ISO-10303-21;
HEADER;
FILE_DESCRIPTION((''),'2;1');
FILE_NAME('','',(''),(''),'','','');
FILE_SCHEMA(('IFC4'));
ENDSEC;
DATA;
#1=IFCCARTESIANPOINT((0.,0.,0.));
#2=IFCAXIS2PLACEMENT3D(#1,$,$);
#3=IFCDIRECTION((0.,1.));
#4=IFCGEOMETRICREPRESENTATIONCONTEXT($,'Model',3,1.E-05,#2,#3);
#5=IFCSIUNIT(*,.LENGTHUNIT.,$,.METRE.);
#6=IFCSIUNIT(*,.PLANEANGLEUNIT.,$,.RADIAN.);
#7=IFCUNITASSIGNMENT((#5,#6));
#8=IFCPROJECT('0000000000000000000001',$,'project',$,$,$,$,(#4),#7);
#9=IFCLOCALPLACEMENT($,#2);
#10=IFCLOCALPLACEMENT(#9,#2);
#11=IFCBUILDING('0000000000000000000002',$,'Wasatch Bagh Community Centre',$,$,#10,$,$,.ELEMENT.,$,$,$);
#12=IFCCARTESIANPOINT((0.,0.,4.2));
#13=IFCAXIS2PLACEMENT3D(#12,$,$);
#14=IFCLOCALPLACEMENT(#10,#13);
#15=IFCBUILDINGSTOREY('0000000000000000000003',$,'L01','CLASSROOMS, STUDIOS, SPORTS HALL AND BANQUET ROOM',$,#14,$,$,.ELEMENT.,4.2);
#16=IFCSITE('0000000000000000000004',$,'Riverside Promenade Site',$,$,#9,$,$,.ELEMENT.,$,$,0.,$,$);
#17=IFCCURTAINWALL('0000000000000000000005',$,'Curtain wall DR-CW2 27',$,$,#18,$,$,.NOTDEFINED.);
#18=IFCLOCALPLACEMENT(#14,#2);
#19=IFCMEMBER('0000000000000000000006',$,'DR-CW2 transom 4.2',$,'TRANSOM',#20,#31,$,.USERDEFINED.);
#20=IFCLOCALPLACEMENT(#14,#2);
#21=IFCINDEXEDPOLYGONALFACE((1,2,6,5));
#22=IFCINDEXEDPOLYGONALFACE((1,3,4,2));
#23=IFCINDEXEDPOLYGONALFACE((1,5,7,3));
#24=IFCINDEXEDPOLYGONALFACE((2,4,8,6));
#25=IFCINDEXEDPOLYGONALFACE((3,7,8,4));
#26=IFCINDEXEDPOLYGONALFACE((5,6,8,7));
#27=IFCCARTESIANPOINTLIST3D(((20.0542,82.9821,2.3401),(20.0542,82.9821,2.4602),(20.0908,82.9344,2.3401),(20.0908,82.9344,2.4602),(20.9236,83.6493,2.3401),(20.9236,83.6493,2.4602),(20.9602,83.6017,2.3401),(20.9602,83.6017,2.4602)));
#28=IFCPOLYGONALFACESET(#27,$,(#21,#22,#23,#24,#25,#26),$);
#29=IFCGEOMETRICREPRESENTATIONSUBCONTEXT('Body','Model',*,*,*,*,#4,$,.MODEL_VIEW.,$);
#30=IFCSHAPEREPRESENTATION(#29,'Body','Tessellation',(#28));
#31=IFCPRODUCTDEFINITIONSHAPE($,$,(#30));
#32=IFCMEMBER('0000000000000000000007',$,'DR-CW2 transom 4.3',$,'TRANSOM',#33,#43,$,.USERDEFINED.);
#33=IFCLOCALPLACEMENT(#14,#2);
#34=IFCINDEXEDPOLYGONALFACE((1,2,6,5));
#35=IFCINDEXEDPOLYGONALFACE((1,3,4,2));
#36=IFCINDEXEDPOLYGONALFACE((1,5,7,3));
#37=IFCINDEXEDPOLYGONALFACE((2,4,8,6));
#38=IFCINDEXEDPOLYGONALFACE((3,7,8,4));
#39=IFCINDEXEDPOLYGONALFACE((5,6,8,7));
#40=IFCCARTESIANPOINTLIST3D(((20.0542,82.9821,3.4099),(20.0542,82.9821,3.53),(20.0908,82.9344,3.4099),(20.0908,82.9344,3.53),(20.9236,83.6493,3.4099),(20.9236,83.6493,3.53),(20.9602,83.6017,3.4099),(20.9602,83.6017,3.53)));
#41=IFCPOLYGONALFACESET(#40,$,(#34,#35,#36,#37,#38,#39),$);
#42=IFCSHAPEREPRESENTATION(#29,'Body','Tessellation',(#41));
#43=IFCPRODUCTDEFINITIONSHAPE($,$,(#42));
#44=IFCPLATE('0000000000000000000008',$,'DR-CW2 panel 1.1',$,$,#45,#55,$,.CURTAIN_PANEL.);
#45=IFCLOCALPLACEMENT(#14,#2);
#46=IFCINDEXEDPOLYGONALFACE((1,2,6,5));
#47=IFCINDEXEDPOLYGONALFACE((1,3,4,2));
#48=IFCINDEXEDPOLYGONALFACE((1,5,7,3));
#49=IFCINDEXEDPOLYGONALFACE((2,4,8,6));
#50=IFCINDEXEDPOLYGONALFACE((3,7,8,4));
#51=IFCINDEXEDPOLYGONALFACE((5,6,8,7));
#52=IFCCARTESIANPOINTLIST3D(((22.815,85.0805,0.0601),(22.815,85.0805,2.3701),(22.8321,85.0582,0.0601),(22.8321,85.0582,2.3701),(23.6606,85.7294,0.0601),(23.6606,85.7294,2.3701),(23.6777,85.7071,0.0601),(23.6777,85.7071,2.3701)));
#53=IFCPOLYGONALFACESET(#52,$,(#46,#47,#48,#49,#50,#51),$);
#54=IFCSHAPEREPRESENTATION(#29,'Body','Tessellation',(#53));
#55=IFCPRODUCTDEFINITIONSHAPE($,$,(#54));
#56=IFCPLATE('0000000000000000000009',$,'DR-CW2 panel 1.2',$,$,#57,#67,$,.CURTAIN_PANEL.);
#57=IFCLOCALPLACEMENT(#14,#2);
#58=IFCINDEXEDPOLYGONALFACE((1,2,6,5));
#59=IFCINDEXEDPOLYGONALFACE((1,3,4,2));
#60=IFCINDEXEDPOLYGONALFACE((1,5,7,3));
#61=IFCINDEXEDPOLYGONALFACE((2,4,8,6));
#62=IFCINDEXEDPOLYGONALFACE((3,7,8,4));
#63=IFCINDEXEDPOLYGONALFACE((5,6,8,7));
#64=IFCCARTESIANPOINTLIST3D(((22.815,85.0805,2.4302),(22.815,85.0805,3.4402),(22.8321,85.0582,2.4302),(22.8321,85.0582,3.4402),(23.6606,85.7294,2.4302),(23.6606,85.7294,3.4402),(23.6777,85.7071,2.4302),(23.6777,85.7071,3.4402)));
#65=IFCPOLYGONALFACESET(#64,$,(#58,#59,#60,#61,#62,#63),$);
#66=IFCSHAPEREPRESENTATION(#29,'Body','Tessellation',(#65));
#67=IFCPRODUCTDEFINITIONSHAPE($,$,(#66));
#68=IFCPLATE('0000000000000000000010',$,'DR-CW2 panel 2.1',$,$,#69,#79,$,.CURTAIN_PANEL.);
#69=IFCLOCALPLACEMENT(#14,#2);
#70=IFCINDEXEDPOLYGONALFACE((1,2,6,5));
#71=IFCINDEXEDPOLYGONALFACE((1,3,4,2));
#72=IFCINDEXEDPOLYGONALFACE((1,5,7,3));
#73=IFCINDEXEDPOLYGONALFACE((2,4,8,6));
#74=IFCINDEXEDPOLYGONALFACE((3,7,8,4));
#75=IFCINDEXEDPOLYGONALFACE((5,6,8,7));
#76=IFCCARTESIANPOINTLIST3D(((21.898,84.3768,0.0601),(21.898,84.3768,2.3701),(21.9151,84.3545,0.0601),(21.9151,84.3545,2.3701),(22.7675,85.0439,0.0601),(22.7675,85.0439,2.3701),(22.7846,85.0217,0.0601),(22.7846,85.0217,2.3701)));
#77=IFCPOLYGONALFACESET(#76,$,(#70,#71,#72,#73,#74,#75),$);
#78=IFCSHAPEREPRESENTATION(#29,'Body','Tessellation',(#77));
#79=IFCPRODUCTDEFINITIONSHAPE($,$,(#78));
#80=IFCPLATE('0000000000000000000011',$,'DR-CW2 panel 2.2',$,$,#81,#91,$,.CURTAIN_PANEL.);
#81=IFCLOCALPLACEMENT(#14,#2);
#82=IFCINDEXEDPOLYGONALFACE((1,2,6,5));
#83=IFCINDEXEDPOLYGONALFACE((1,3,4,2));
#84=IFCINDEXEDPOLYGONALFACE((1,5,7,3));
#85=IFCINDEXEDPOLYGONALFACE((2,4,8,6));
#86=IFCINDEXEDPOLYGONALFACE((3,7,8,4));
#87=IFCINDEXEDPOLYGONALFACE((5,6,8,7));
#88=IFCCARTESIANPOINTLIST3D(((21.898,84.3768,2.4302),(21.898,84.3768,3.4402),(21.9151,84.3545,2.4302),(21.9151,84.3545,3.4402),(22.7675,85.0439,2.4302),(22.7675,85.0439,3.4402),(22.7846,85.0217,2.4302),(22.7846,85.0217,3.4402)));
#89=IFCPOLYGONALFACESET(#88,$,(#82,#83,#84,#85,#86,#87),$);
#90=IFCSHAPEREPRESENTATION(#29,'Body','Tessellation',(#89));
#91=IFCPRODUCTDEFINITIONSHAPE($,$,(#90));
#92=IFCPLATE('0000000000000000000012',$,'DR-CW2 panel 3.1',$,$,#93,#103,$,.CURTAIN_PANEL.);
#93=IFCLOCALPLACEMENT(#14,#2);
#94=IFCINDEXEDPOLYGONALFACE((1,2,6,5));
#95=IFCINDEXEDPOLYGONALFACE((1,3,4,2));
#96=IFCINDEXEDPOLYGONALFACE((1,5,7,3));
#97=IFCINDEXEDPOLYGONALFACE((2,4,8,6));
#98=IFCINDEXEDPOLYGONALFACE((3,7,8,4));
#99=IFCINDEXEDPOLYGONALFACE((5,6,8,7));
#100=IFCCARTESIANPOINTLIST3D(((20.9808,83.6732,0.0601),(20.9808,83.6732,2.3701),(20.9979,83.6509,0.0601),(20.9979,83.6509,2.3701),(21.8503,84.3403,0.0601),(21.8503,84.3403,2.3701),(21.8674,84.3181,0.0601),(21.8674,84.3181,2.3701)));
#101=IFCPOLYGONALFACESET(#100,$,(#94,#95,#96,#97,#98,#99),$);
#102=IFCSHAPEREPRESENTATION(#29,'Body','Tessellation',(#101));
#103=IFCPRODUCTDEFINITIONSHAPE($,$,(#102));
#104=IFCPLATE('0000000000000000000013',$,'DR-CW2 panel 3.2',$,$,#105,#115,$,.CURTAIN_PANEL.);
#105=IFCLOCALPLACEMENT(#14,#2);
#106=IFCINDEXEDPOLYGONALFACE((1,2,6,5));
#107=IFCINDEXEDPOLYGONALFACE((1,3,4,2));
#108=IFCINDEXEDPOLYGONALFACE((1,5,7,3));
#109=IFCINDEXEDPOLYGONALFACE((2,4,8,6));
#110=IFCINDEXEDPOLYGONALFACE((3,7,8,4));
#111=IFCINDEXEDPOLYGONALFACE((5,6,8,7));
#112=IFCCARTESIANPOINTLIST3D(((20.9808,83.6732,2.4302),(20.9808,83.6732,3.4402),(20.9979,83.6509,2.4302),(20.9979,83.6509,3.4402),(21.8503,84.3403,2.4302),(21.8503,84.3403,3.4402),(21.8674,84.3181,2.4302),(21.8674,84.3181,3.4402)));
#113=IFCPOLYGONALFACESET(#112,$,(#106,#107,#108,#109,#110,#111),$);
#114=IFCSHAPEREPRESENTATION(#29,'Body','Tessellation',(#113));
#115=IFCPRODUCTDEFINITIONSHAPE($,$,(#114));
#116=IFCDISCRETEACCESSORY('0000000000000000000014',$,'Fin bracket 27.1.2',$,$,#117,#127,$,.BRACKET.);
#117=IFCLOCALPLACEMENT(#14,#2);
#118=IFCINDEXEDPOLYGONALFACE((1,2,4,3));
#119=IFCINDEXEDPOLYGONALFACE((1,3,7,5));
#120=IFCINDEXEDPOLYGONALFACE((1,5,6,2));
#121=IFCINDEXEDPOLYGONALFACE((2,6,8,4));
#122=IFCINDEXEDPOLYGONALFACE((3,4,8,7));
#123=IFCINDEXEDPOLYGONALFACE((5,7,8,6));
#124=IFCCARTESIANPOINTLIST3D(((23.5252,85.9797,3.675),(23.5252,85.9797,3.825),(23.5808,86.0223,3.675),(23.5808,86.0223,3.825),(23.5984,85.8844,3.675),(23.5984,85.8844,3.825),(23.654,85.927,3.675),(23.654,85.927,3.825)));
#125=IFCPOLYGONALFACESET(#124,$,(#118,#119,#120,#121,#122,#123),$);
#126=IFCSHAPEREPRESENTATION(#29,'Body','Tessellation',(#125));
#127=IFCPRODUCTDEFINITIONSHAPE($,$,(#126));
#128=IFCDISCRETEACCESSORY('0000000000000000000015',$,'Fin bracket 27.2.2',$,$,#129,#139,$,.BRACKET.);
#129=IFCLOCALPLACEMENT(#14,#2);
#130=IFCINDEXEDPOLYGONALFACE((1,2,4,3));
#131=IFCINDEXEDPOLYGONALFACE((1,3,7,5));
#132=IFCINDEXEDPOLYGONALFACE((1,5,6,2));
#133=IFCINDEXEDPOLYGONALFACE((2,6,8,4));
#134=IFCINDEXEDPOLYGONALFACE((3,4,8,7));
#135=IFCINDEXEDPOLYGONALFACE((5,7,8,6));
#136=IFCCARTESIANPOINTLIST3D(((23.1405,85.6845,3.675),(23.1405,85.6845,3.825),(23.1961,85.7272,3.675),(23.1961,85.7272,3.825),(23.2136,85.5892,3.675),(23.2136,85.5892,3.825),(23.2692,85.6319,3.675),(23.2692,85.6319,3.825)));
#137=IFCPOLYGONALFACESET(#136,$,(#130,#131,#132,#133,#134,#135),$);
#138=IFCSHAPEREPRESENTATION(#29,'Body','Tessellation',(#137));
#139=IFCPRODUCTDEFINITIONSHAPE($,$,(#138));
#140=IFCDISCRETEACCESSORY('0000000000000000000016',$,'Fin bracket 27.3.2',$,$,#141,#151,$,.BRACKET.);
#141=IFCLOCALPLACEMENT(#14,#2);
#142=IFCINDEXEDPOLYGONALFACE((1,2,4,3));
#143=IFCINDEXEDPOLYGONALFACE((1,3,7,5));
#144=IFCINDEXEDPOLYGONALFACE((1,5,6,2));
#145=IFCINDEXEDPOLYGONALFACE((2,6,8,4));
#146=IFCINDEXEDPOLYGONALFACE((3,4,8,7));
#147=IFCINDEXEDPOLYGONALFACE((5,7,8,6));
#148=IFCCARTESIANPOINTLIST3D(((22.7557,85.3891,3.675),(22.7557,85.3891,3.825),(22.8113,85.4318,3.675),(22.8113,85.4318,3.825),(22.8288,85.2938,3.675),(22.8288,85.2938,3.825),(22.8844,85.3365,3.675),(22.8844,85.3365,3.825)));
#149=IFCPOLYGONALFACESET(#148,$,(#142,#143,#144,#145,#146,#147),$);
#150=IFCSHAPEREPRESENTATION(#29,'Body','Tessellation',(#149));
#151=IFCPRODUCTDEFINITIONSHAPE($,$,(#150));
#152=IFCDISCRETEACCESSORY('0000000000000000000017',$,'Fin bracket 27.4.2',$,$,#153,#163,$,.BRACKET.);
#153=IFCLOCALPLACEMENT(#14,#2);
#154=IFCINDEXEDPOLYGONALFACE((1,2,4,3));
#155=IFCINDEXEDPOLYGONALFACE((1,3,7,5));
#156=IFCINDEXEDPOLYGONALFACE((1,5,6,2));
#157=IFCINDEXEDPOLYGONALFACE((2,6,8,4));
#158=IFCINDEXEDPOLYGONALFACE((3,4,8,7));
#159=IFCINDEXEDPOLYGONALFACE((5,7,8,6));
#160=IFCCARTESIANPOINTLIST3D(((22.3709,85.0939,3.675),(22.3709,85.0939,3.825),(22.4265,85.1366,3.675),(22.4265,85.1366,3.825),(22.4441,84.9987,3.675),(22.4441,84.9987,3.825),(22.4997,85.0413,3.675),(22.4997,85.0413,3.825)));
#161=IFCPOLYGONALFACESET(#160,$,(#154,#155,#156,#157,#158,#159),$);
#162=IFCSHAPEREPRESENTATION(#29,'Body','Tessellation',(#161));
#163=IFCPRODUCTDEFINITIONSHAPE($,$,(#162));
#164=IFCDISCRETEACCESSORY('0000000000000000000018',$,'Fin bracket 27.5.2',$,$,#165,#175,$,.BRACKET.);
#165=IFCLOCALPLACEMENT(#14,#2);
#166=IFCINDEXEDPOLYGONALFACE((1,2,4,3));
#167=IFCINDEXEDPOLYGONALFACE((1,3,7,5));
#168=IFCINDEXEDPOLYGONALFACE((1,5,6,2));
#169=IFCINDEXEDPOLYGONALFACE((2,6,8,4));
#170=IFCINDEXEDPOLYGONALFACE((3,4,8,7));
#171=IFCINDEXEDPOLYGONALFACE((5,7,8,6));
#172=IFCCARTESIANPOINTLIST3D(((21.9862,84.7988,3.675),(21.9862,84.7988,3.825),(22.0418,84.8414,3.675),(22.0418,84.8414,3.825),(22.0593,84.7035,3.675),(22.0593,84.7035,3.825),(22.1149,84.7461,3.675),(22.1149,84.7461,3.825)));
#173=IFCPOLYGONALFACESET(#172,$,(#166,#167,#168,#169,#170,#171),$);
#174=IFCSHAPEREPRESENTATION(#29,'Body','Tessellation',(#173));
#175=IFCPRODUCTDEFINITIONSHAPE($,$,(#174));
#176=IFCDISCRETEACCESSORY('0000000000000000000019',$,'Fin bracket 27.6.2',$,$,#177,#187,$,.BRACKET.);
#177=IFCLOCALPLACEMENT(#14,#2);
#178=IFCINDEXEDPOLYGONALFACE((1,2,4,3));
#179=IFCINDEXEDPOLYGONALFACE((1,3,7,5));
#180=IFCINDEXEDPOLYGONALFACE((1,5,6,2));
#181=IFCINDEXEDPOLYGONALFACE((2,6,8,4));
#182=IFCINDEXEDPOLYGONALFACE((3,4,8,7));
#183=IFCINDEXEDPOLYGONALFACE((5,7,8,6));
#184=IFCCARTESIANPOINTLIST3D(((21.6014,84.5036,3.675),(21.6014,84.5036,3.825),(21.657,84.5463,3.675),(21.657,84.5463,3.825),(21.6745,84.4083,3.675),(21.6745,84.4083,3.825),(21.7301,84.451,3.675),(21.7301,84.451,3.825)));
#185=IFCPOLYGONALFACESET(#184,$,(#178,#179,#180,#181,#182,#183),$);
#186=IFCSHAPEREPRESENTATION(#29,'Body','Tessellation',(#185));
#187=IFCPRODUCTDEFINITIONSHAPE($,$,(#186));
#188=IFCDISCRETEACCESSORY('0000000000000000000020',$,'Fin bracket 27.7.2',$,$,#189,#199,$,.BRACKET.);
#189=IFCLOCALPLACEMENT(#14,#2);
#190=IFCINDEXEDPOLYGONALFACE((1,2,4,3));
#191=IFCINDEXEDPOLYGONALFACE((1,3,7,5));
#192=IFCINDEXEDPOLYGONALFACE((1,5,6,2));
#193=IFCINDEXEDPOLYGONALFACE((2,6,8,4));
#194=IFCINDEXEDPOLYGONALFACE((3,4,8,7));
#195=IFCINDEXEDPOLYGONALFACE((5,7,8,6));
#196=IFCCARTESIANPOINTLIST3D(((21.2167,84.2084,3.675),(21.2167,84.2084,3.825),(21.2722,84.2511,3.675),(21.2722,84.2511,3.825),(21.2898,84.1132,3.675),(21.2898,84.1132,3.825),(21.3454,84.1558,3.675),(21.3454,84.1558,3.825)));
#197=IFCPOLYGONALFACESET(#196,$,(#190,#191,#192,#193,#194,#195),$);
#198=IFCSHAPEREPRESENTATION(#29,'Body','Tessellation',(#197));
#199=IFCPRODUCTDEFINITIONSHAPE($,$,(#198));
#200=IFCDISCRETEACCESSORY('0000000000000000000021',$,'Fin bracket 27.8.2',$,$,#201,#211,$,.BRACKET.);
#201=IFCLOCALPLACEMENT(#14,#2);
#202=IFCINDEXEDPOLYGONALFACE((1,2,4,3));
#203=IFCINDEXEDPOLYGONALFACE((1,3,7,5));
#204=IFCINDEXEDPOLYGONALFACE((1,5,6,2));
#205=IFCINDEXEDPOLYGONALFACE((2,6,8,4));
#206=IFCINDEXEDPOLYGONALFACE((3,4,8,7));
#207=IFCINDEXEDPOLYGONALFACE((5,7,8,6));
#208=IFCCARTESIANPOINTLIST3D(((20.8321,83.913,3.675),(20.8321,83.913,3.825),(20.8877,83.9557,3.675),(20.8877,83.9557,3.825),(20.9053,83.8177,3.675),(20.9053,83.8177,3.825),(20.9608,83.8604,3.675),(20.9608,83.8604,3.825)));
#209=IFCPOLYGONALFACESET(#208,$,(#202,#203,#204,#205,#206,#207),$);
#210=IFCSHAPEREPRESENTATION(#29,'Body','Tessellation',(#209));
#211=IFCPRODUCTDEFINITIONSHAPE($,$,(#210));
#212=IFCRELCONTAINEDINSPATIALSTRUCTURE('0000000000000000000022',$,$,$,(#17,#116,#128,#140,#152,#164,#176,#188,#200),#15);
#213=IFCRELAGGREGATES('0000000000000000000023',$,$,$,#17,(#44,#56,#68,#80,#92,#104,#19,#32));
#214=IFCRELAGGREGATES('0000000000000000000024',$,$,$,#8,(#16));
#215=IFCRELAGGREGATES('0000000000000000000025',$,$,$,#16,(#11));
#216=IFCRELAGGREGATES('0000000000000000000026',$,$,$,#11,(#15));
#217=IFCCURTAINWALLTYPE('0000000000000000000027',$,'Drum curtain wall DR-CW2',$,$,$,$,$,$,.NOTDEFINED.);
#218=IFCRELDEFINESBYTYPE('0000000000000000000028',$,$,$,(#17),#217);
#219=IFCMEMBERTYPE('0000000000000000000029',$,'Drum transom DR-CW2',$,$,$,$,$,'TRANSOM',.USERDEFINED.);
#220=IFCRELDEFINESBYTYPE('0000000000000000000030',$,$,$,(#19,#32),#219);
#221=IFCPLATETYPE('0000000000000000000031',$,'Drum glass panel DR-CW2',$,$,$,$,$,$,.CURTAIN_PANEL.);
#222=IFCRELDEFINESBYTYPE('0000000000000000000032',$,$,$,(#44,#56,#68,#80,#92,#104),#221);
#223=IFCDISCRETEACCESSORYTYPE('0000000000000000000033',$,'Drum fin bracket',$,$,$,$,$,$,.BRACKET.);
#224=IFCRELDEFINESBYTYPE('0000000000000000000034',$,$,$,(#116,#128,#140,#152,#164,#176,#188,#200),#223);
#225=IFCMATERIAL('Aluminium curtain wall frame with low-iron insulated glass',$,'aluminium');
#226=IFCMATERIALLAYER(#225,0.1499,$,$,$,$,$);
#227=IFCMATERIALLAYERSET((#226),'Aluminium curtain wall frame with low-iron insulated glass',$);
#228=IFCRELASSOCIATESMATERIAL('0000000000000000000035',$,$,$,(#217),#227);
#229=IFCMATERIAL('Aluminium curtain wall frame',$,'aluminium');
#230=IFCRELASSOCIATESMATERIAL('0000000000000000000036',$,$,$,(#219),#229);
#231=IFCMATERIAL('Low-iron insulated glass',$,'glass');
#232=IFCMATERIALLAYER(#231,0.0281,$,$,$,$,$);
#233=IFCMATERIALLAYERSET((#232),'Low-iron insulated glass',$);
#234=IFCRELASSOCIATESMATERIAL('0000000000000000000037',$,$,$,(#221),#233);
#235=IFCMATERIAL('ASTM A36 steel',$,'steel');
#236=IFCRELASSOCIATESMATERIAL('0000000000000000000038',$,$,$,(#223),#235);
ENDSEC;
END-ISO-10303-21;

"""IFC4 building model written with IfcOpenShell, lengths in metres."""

from ifc_helpers import new_model, si_unit, direction, frame, origin, origin_2d, place, context, subcontext, project, spatial, rectangle, extrude, material, layer, layer_set, material_profile, profile_set, type_object, element, aggregate, save


model = new_model("IFC4")

# Units and contexts
model_context = context("Model", 3, precision=1e-05, world=origin(), true_north=direction((0.0, 1.0)))
body_context = subcontext(model_context, "Body", "Model", "MODEL_VIEW")
ifc_project = project(units=[si_unit("LENGTHUNIT", "METRE"), si_unit("PLANEANGLEUNIT", "RADIAN")], contexts=[model_context])

# Site, building, storey
site_placement = place(None, origin())
site = spatial("IfcSite", under=ifc_project, at=site_placement, Name="Riverside Promenade Site", CompositionType="ELEMENT", RefElevation=0.0)
building_placement = place(site_placement, origin())
building = spatial("IfcBuilding", under=site, at=building_placement, Name="Wasatch Bagh Community Centre", CompositionType="ELEMENT")
storey_placement = place(building_placement, frame((0.0, 0.0, 4.2)))
storey = spatial("IfcBuildingStorey", under=building, at=storey_placement, Name="L01", Description="CLASSROOMS, STUDIOS, SPORTS HALL AND BANQUET ROOM", CompositionType="ELEMENT", Elevation=4.2)

# Curtain wall, members, plates
ifc_material_1 = material(Name="Aluminium curtain wall frame with low-iron insulated glass", Category="aluminium")
ifc_layer_1 = layer(ifc_material_1, 0.1499)
ifc_layer_set_1 = layer_set([ifc_layer_1], Name="Aluminium curtain wall frame with low-iron insulated glass")
curtain_wall_type = type_object("IfcCurtainWallType", Name="Drum curtain wall DR-CW2", PredefinedType="NOTDEFINED", material=ifc_layer_set_1)
curtain_wall_placement = place(storey_placement, origin())
curtain_wall = element("IfcCurtainWall", 1, at=curtain_wall_placement, inside=storey, type_object=curtain_wall_type, Name="Curtain wall DR-CW2 27", PredefinedType="NOTDEFINED")
ifc_material_2 = material(Name="Aluminium curtain wall frame", Category="aluminium")
ifc_material_profile_1 = material_profile(ifc_material_2, rectangle(XDim=0.0601, YDim=0.1201, at=origin_2d()), Name="Drum transom DR-CW2")
ifc_profile_set_1 = profile_set([ifc_material_profile_1], Name="Aluminium curtain wall frame")
member_type_1 = type_object("IfcMemberType", Name="Drum transom DR-CW2", ElementType="TRANSOM", PredefinedType="USERDEFINED", material=ifc_profile_set_1)
member_1_placement = place(storey_placement, frame((20.9419, 83.6255, 2.4001), z_axis=(-0.793294, -0.608838, 0.0), x_axis=(0.608838, -0.793294, 0.0)))
member_1 = element("IfcMember", 2, at=member_1_placement, type_object=member_type_1, Name="DR-CW2 transom 4.2", ObjectType="TRANSOM", PredefinedType="USERDEFINED", context=body_context, shape_type="SweptSolid", body=[
    extrude(rectangle(XDim=0.0601, YDim=0.1201, at=origin_2d()), origin(), (0.0, 0.0, 1.0), 1.0959),
])
member_2_placement = place(storey_placement, frame((20.9419, 83.6255, 3.47), z_axis=(-0.793294, -0.608838, 0.0), x_axis=(0.608838, -0.793294, 0.0)))
member_2 = element("IfcMember", 3, at=member_2_placement, type_object=member_type_1, Name="DR-CW2 transom 4.3", ObjectType="TRANSOM", PredefinedType="USERDEFINED", context=body_context, shape_type="SweptSolid", body=[
    extrude(rectangle(XDim=0.0601, YDim=0.1201, at=origin_2d()), origin(), (0.0, 0.0, 1.0), 1.0959),
])
ifc_material_3 = material(Name="Low-iron insulated glass", Category="glass")
ifc_layer_2 = layer(ifc_material_3, 0.0281)
ifc_layer_set_2 = layer_set([ifc_layer_2], Name="Low-iron insulated glass")
plate_type = type_object("IfcPlateType", Name="Drum glass panel DR-CW2", PredefinedType="CURTAIN_PANEL", material=ifc_layer_set_2)
plate_1_placement = place(storey_placement, frame((23.2463, 85.3938, 0.0601), z_axis=(0.0, 0.0, 1.0), x_axis=(-0.793353, -0.608761, 0.0)))
plate_1 = element("IfcPlate", 4, at=plate_1_placement, type_object=plate_type, Name="DR-CW2 panel 1.1", PredefinedType="CURTAIN_PANEL", context=body_context, shape_type="SweptSolid", body=[
    extrude(rectangle(XDim=1.0659, YDim=0.0281, at=origin_2d()), origin(), (0.0, 0.0, 1.0), 2.3101),
])
plate_2_placement = place(storey_placement, frame((23.2463, 85.3938, 2.4302), z_axis=(0.0, 0.0, 1.0), x_axis=(-0.793353, -0.608761, 0.0)))
plate_2 = element("IfcPlate", 5, at=plate_2_placement, type_object=plate_type, Name="DR-CW2 panel 1.2", PredefinedType="CURTAIN_PANEL", context=body_context, shape_type="SweptSolid", body=[
    extrude(rectangle(XDim=1.0659, YDim=0.0281, at=origin_2d()), origin(), (0.0, 0.0, 1.0), 1.01),
])
plate_3_placement = place(storey_placement, frame((22.3413, 84.6992, 0.0601), z_axis=(0.0, 0.0, 1.0), x_axis=(-0.793353, -0.608761, 0.0)))
plate_3 = element("IfcPlate", 6, at=plate_3_placement, type_object=plate_type, Name="DR-CW2 panel 2.1", PredefinedType="CURTAIN_PANEL", context=body_context, shape_type="SweptSolid", body=[
    extrude(rectangle(XDim=1.0959, YDim=0.0281, at=origin_2d()), origin(), (0.0, 0.0, 1.0), 2.3101),
])
plate_4_placement = place(storey_placement, frame((22.3413, 84.6992, 2.4302), z_axis=(0.0, 0.0, 1.0), x_axis=(-0.793353, -0.608761, 0.0)))
plate_4 = element("IfcPlate", 7, at=plate_4_placement, type_object=plate_type, Name="DR-CW2 panel 2.2", PredefinedType="CURTAIN_PANEL", context=body_context, shape_type="SweptSolid", body=[
    extrude(rectangle(XDim=1.0959, YDim=0.0281, at=origin_2d()), origin(), (0.0, 0.0, 1.0), 1.01),
])
plate_5_placement = place(storey_placement, frame((21.4241, 83.9956, 0.0601), z_axis=(0.0, 0.0, 1.0), x_axis=(-0.793353, -0.608761, 0.0)))
plate_5 = element("IfcPlate", 8, at=plate_5_placement, type_object=plate_type, Name="DR-CW2 panel 3.1", PredefinedType="CURTAIN_PANEL", context=body_context, shape_type="SweptSolid", body=[
    extrude(rectangle(XDim=1.0959, YDim=0.0281, at=origin_2d()), origin(), (0.0, 0.0, 1.0), 2.3101),
])
plate_6_placement = place(storey_placement, frame((21.4241, 83.9956, 2.4302), z_axis=(0.0, 0.0, 1.0), x_axis=(-0.793353, -0.608761, 0.0)))
plate_6 = element("IfcPlate", 9, at=plate_6_placement, type_object=plate_type, Name="DR-CW2 panel 3.2", PredefinedType="CURTAIN_PANEL", context=body_context, shape_type="SweptSolid", body=[
    extrude(rectangle(XDim=1.0959, YDim=0.0281, at=origin_2d()), origin(), (0.0, 0.0, 1.0), 1.01),
])
aggregate(curtain_wall, [plate_1, plate_2, plate_3, plate_4, plate_5, plate_6, member_1, member_2])

# Discrete accessories
ifc_material_4 = material(Name="ASTM A36 steel", Category="steel")
discrete_accessory_type = type_object("IfcDiscreteAccessoryType", Name="Drum fin bracket", PredefinedType="BRACKET", material=ifc_material_4)
for number, where, z_axis, x_axis, name in (
    (10, (23.5896, 85.9534, 3.675), (0.0, 0.0, 1.0), (-0.793353, -0.608761, 0.0), "Fin bracket 27.1.2"),
    (11, (23.2048, 85.6582, 3.675), (0.0, 0.0, 1.0), (-0.793353, -0.608761, 0.0), "Fin bracket 27.2.2"),
    (12, (22.8201, 85.3628, 3.675), (0.0, 0.0, 1.0), (-0.793353, -0.608761, 0.0), "Fin bracket 27.3.2"),
    (13, (22.4353, 85.0676, 3.675), (0.0, 0.0, 1.0), (-0.793353, -0.608761, 0.0), "Fin bracket 27.4.2"),
    (14, (22.0505, 84.7725, 3.675), (0.0, 0.0, 1.0), (-0.793353, -0.608761, 0.0), "Fin bracket 27.5.2"),
    (15, (21.6658, 84.4773, 3.675), (0.0, 0.0, 1.0), (-0.793353, -0.608761, 0.0), "Fin bracket 27.6.2"),
    (16, (21.281, 84.1821, 3.675), (0.0, 0.0, 1.0), (-0.793353, -0.608761, 0.0), "Fin bracket 27.7.2"),
    (17, (20.8965, 83.8867, 3.675), (0.0, 0.0, 1.0), (-0.793353, -0.608761, 0.0), "Fin bracket 27.8.2"),
):
    element("IfcDiscreteAccessory", number, at=place(storey_placement, frame(where, z_axis=z_axis, x_axis=x_axis)), inside=storey, type_object=discrete_accessory_type, Name=name, PredefinedType="BRACKET", context=body_context, shape_type="SweptSolid", body=[
        extrude(rectangle(XDim=0.0701, YDim=0.1201, at=origin_2d()), origin(), (0.0, 0.0, 1.0), 0.1499),
    ])

save(model, "model.ifc")
